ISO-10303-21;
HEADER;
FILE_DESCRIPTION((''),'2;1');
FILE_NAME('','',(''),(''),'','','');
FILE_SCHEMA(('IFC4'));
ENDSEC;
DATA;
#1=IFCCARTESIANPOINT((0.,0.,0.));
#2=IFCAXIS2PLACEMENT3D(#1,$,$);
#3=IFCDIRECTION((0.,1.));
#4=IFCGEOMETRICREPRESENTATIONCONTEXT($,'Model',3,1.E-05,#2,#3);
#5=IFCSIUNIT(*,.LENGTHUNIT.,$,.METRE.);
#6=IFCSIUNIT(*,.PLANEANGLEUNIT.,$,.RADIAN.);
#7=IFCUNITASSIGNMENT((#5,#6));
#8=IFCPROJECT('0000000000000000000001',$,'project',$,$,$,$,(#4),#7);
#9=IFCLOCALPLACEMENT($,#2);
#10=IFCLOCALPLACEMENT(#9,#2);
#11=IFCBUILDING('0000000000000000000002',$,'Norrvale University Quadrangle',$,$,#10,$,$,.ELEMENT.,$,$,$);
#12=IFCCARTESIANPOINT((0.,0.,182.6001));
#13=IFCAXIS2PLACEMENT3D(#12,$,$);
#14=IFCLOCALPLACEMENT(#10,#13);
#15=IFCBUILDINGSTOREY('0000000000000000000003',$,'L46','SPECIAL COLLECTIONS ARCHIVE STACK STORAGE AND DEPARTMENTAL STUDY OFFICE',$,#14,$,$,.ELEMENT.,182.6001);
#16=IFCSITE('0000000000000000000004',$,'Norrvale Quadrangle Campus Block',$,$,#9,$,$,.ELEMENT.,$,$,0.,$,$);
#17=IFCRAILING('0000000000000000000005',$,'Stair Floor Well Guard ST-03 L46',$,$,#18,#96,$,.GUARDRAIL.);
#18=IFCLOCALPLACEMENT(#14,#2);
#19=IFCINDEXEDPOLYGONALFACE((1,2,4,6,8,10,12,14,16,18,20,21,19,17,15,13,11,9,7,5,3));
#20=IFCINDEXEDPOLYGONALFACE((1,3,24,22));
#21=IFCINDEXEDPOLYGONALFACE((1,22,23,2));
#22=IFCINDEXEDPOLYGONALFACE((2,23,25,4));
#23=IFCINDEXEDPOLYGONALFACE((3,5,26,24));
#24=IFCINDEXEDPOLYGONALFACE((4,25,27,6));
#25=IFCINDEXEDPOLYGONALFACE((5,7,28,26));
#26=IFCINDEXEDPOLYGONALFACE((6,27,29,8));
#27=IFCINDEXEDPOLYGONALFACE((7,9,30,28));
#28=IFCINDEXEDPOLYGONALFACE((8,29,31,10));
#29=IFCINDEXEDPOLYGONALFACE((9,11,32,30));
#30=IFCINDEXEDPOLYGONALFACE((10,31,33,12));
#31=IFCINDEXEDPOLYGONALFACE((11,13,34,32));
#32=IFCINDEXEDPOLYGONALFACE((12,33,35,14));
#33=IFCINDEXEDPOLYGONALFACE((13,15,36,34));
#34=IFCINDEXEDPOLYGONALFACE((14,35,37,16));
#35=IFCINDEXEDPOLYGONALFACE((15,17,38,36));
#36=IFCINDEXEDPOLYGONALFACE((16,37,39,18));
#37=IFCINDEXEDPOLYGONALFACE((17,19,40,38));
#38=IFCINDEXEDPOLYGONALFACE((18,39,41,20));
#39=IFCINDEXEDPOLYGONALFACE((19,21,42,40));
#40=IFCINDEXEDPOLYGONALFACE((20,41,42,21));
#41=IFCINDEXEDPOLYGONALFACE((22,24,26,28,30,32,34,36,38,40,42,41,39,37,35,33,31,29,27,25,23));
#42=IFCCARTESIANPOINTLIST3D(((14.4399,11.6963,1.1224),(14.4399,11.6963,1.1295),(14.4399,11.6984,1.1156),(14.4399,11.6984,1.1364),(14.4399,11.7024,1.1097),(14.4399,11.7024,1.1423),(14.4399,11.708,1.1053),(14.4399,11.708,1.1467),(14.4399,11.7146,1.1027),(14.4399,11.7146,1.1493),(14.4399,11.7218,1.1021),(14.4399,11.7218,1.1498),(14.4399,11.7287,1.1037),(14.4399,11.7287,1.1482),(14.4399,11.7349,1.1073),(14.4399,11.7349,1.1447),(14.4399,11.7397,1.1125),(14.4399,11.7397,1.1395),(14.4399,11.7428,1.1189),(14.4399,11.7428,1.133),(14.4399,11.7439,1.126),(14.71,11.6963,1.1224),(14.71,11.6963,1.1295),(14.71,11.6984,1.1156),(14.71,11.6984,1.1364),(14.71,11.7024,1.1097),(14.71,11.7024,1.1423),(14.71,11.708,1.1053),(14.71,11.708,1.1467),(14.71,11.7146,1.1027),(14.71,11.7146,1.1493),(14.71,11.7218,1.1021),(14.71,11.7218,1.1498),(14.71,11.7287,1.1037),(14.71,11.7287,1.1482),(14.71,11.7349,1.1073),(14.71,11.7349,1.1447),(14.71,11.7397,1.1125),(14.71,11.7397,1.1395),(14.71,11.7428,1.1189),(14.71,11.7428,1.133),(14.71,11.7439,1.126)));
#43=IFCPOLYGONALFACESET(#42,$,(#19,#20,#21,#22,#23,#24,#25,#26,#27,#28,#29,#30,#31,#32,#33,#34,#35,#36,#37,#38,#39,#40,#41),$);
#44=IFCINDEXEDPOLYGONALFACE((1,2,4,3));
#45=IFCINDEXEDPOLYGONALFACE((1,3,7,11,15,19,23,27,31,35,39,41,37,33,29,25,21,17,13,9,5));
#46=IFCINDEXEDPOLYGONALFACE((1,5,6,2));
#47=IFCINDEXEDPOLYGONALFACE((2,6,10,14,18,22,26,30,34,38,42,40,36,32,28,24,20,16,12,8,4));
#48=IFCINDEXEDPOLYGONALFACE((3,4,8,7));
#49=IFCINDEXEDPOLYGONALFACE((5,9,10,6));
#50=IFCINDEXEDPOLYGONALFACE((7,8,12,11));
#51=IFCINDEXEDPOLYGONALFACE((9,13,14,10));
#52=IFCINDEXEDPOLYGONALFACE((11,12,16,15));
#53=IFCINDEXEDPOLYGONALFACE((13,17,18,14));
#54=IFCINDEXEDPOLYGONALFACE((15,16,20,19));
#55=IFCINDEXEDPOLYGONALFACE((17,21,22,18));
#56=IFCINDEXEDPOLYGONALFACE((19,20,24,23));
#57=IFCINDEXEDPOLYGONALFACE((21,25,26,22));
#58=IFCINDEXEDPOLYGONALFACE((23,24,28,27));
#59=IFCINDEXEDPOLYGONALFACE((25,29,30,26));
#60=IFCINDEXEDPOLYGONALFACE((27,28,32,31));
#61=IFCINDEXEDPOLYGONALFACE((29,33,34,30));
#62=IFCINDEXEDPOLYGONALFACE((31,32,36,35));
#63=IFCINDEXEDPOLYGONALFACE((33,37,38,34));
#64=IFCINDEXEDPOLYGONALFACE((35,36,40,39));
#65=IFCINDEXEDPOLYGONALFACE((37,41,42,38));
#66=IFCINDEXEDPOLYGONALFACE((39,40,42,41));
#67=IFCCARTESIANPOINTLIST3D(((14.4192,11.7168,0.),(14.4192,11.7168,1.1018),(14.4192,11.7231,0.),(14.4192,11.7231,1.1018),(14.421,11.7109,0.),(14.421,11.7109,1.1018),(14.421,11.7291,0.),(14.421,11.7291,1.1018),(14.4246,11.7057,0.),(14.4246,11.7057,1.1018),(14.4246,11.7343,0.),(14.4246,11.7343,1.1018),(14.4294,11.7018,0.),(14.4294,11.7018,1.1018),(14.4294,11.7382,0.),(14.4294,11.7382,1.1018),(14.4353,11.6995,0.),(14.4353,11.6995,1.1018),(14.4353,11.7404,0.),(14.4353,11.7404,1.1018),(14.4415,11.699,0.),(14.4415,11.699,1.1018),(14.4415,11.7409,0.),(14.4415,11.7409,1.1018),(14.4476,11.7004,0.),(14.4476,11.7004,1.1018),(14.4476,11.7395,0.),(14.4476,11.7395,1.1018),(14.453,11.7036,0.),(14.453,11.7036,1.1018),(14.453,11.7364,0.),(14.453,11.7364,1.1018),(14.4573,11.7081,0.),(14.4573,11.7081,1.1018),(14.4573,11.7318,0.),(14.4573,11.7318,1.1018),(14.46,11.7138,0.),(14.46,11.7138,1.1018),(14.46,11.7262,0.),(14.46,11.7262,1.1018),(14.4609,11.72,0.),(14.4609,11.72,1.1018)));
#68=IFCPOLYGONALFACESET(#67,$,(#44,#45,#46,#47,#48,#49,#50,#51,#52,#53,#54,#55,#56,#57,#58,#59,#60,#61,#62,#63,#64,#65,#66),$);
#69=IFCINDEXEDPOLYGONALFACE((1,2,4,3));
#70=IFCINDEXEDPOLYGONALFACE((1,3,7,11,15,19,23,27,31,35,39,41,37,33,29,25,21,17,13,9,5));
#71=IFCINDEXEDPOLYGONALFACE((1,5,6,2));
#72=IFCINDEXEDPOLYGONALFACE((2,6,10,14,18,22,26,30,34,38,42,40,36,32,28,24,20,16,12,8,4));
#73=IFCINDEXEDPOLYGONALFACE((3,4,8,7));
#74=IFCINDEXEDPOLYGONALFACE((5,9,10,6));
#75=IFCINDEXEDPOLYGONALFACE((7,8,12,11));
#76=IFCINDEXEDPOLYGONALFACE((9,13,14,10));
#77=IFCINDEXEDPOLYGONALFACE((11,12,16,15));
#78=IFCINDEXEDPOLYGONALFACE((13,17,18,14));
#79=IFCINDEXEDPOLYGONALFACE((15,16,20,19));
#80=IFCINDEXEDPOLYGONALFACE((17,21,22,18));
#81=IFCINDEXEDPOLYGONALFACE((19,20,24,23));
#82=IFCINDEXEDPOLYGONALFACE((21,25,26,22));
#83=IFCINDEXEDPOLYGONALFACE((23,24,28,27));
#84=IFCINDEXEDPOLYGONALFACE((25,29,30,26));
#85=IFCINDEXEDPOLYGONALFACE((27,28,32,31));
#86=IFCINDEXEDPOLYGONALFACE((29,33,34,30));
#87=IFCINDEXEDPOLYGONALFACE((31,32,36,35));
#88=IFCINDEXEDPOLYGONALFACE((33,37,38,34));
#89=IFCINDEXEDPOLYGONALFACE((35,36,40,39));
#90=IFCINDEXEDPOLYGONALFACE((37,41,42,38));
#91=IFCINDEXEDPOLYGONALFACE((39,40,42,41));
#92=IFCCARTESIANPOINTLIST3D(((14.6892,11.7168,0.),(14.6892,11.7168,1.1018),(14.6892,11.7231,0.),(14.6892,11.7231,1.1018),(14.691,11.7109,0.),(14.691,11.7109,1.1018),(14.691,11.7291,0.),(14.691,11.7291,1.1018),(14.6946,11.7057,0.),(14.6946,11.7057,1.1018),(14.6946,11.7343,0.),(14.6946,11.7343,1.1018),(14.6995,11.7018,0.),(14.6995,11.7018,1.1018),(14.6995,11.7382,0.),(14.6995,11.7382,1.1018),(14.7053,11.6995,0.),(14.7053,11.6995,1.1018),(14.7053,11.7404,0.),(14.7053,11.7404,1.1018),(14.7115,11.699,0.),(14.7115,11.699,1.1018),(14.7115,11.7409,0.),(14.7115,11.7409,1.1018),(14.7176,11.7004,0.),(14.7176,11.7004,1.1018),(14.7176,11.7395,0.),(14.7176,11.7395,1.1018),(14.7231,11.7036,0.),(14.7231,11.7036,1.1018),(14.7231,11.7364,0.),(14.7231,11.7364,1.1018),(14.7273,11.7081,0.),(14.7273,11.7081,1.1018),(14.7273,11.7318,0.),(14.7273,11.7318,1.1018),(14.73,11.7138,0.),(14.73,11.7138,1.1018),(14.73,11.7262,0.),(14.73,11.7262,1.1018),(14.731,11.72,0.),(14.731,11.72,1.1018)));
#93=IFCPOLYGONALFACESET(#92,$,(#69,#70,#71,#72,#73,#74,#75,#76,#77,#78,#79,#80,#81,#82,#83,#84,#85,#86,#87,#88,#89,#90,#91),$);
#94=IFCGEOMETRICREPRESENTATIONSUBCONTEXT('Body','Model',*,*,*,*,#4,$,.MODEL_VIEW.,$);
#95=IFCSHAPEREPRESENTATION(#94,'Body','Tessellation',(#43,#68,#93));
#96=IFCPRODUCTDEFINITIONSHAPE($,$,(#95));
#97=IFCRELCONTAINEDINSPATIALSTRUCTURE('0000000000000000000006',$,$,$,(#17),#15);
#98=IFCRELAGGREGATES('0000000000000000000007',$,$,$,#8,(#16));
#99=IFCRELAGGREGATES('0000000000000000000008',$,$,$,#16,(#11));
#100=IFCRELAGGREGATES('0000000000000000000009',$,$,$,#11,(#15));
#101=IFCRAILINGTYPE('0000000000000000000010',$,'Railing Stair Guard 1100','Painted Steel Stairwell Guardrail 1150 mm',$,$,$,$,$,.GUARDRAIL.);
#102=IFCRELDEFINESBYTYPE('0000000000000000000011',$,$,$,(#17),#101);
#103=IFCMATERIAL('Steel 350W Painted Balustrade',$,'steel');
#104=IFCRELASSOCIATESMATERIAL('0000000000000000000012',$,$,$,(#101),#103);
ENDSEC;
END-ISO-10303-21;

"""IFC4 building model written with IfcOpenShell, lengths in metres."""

from ifc_helpers import new_model, si_unit, direction, frame, origin, origin_2d, place, context, subcontext, project, spatial, circle, extrude, material, type_object, element, save


model = new_model("IFC4")

# Units and contexts
model_context = context("Model", 3, precision=1e-05, world=origin(), true_north=direction((0.0, 1.0)))
body_context = subcontext(model_context, "Body", "Model", "MODEL_VIEW")
ifc_project = project(units=[si_unit("LENGTHUNIT", "METRE"), si_unit("PLANEANGLEUNIT", "RADIAN")], contexts=[model_context])

# Site, building, storey
site_placement = place(None, origin())
site = spatial("IfcSite", under=ifc_project, at=site_placement, Name="Norrvale Quadrangle Campus Block", CompositionType="ELEMENT", RefElevation=0.0)
building_placement = place(site_placement, origin())
building = spatial("IfcBuilding", under=site, at=building_placement, Name="Norrvale University Quadrangle", CompositionType="ELEMENT")
storey_placement = place(building_placement, frame((0.0, 0.0, 182.6001)))
storey = spatial("IfcBuildingStorey", under=building, at=storey_placement, Name="L46", Description="SPECIAL COLLECTIONS ARCHIVE STACK STORAGE AND DEPARTMENTAL STUDY OFFICE", CompositionType="ELEMENT", Elevation=182.6001)

# Railing
ifc_material_1 = material(Name="Steel 350W Painted Balustrade", Category="steel")
railing_type_1 = type_object("IfcRailingType", Name="Railing Stair Guard 1100", Description="Painted Steel Stairwell Guardrail 1150 mm", PredefinedType="GUARDRAIL", material=ifc_material_1)
for number, where, name in (
    (1, (14.4399, 11.72, 0.0), "Stair Floor Well Guard ST-03 L46"),
):
    element("IfcRailing", number, at=place(storey_placement, frame(where)), inside=storey, type_object=railing_type_1, Name=name, PredefinedType="GUARDRAIL", context=body_context, shape_type="SweptSolid", body=[
        extrude(circle(Radius=0.0239, at=origin_2d()), frame((0.0, 0.0, 1.126), z_axis=(1.0, 0.0, 0.0), x_axis=(0.0, 1.0, 0.0)), (0.0, 0.0, 1.0), 0.27),
        extrude(circle(Radius=0.021, at=origin_2d()), origin(), (0.0, 0.0, 1.0), 1.1018),
        extrude(circle(Radius=0.021, at=origin_2d()), frame((0.27, 0.0, 0.0)), (0.0, 0.0, 1.0), 1.1018),
    ])

save(model, "model.ifc")
